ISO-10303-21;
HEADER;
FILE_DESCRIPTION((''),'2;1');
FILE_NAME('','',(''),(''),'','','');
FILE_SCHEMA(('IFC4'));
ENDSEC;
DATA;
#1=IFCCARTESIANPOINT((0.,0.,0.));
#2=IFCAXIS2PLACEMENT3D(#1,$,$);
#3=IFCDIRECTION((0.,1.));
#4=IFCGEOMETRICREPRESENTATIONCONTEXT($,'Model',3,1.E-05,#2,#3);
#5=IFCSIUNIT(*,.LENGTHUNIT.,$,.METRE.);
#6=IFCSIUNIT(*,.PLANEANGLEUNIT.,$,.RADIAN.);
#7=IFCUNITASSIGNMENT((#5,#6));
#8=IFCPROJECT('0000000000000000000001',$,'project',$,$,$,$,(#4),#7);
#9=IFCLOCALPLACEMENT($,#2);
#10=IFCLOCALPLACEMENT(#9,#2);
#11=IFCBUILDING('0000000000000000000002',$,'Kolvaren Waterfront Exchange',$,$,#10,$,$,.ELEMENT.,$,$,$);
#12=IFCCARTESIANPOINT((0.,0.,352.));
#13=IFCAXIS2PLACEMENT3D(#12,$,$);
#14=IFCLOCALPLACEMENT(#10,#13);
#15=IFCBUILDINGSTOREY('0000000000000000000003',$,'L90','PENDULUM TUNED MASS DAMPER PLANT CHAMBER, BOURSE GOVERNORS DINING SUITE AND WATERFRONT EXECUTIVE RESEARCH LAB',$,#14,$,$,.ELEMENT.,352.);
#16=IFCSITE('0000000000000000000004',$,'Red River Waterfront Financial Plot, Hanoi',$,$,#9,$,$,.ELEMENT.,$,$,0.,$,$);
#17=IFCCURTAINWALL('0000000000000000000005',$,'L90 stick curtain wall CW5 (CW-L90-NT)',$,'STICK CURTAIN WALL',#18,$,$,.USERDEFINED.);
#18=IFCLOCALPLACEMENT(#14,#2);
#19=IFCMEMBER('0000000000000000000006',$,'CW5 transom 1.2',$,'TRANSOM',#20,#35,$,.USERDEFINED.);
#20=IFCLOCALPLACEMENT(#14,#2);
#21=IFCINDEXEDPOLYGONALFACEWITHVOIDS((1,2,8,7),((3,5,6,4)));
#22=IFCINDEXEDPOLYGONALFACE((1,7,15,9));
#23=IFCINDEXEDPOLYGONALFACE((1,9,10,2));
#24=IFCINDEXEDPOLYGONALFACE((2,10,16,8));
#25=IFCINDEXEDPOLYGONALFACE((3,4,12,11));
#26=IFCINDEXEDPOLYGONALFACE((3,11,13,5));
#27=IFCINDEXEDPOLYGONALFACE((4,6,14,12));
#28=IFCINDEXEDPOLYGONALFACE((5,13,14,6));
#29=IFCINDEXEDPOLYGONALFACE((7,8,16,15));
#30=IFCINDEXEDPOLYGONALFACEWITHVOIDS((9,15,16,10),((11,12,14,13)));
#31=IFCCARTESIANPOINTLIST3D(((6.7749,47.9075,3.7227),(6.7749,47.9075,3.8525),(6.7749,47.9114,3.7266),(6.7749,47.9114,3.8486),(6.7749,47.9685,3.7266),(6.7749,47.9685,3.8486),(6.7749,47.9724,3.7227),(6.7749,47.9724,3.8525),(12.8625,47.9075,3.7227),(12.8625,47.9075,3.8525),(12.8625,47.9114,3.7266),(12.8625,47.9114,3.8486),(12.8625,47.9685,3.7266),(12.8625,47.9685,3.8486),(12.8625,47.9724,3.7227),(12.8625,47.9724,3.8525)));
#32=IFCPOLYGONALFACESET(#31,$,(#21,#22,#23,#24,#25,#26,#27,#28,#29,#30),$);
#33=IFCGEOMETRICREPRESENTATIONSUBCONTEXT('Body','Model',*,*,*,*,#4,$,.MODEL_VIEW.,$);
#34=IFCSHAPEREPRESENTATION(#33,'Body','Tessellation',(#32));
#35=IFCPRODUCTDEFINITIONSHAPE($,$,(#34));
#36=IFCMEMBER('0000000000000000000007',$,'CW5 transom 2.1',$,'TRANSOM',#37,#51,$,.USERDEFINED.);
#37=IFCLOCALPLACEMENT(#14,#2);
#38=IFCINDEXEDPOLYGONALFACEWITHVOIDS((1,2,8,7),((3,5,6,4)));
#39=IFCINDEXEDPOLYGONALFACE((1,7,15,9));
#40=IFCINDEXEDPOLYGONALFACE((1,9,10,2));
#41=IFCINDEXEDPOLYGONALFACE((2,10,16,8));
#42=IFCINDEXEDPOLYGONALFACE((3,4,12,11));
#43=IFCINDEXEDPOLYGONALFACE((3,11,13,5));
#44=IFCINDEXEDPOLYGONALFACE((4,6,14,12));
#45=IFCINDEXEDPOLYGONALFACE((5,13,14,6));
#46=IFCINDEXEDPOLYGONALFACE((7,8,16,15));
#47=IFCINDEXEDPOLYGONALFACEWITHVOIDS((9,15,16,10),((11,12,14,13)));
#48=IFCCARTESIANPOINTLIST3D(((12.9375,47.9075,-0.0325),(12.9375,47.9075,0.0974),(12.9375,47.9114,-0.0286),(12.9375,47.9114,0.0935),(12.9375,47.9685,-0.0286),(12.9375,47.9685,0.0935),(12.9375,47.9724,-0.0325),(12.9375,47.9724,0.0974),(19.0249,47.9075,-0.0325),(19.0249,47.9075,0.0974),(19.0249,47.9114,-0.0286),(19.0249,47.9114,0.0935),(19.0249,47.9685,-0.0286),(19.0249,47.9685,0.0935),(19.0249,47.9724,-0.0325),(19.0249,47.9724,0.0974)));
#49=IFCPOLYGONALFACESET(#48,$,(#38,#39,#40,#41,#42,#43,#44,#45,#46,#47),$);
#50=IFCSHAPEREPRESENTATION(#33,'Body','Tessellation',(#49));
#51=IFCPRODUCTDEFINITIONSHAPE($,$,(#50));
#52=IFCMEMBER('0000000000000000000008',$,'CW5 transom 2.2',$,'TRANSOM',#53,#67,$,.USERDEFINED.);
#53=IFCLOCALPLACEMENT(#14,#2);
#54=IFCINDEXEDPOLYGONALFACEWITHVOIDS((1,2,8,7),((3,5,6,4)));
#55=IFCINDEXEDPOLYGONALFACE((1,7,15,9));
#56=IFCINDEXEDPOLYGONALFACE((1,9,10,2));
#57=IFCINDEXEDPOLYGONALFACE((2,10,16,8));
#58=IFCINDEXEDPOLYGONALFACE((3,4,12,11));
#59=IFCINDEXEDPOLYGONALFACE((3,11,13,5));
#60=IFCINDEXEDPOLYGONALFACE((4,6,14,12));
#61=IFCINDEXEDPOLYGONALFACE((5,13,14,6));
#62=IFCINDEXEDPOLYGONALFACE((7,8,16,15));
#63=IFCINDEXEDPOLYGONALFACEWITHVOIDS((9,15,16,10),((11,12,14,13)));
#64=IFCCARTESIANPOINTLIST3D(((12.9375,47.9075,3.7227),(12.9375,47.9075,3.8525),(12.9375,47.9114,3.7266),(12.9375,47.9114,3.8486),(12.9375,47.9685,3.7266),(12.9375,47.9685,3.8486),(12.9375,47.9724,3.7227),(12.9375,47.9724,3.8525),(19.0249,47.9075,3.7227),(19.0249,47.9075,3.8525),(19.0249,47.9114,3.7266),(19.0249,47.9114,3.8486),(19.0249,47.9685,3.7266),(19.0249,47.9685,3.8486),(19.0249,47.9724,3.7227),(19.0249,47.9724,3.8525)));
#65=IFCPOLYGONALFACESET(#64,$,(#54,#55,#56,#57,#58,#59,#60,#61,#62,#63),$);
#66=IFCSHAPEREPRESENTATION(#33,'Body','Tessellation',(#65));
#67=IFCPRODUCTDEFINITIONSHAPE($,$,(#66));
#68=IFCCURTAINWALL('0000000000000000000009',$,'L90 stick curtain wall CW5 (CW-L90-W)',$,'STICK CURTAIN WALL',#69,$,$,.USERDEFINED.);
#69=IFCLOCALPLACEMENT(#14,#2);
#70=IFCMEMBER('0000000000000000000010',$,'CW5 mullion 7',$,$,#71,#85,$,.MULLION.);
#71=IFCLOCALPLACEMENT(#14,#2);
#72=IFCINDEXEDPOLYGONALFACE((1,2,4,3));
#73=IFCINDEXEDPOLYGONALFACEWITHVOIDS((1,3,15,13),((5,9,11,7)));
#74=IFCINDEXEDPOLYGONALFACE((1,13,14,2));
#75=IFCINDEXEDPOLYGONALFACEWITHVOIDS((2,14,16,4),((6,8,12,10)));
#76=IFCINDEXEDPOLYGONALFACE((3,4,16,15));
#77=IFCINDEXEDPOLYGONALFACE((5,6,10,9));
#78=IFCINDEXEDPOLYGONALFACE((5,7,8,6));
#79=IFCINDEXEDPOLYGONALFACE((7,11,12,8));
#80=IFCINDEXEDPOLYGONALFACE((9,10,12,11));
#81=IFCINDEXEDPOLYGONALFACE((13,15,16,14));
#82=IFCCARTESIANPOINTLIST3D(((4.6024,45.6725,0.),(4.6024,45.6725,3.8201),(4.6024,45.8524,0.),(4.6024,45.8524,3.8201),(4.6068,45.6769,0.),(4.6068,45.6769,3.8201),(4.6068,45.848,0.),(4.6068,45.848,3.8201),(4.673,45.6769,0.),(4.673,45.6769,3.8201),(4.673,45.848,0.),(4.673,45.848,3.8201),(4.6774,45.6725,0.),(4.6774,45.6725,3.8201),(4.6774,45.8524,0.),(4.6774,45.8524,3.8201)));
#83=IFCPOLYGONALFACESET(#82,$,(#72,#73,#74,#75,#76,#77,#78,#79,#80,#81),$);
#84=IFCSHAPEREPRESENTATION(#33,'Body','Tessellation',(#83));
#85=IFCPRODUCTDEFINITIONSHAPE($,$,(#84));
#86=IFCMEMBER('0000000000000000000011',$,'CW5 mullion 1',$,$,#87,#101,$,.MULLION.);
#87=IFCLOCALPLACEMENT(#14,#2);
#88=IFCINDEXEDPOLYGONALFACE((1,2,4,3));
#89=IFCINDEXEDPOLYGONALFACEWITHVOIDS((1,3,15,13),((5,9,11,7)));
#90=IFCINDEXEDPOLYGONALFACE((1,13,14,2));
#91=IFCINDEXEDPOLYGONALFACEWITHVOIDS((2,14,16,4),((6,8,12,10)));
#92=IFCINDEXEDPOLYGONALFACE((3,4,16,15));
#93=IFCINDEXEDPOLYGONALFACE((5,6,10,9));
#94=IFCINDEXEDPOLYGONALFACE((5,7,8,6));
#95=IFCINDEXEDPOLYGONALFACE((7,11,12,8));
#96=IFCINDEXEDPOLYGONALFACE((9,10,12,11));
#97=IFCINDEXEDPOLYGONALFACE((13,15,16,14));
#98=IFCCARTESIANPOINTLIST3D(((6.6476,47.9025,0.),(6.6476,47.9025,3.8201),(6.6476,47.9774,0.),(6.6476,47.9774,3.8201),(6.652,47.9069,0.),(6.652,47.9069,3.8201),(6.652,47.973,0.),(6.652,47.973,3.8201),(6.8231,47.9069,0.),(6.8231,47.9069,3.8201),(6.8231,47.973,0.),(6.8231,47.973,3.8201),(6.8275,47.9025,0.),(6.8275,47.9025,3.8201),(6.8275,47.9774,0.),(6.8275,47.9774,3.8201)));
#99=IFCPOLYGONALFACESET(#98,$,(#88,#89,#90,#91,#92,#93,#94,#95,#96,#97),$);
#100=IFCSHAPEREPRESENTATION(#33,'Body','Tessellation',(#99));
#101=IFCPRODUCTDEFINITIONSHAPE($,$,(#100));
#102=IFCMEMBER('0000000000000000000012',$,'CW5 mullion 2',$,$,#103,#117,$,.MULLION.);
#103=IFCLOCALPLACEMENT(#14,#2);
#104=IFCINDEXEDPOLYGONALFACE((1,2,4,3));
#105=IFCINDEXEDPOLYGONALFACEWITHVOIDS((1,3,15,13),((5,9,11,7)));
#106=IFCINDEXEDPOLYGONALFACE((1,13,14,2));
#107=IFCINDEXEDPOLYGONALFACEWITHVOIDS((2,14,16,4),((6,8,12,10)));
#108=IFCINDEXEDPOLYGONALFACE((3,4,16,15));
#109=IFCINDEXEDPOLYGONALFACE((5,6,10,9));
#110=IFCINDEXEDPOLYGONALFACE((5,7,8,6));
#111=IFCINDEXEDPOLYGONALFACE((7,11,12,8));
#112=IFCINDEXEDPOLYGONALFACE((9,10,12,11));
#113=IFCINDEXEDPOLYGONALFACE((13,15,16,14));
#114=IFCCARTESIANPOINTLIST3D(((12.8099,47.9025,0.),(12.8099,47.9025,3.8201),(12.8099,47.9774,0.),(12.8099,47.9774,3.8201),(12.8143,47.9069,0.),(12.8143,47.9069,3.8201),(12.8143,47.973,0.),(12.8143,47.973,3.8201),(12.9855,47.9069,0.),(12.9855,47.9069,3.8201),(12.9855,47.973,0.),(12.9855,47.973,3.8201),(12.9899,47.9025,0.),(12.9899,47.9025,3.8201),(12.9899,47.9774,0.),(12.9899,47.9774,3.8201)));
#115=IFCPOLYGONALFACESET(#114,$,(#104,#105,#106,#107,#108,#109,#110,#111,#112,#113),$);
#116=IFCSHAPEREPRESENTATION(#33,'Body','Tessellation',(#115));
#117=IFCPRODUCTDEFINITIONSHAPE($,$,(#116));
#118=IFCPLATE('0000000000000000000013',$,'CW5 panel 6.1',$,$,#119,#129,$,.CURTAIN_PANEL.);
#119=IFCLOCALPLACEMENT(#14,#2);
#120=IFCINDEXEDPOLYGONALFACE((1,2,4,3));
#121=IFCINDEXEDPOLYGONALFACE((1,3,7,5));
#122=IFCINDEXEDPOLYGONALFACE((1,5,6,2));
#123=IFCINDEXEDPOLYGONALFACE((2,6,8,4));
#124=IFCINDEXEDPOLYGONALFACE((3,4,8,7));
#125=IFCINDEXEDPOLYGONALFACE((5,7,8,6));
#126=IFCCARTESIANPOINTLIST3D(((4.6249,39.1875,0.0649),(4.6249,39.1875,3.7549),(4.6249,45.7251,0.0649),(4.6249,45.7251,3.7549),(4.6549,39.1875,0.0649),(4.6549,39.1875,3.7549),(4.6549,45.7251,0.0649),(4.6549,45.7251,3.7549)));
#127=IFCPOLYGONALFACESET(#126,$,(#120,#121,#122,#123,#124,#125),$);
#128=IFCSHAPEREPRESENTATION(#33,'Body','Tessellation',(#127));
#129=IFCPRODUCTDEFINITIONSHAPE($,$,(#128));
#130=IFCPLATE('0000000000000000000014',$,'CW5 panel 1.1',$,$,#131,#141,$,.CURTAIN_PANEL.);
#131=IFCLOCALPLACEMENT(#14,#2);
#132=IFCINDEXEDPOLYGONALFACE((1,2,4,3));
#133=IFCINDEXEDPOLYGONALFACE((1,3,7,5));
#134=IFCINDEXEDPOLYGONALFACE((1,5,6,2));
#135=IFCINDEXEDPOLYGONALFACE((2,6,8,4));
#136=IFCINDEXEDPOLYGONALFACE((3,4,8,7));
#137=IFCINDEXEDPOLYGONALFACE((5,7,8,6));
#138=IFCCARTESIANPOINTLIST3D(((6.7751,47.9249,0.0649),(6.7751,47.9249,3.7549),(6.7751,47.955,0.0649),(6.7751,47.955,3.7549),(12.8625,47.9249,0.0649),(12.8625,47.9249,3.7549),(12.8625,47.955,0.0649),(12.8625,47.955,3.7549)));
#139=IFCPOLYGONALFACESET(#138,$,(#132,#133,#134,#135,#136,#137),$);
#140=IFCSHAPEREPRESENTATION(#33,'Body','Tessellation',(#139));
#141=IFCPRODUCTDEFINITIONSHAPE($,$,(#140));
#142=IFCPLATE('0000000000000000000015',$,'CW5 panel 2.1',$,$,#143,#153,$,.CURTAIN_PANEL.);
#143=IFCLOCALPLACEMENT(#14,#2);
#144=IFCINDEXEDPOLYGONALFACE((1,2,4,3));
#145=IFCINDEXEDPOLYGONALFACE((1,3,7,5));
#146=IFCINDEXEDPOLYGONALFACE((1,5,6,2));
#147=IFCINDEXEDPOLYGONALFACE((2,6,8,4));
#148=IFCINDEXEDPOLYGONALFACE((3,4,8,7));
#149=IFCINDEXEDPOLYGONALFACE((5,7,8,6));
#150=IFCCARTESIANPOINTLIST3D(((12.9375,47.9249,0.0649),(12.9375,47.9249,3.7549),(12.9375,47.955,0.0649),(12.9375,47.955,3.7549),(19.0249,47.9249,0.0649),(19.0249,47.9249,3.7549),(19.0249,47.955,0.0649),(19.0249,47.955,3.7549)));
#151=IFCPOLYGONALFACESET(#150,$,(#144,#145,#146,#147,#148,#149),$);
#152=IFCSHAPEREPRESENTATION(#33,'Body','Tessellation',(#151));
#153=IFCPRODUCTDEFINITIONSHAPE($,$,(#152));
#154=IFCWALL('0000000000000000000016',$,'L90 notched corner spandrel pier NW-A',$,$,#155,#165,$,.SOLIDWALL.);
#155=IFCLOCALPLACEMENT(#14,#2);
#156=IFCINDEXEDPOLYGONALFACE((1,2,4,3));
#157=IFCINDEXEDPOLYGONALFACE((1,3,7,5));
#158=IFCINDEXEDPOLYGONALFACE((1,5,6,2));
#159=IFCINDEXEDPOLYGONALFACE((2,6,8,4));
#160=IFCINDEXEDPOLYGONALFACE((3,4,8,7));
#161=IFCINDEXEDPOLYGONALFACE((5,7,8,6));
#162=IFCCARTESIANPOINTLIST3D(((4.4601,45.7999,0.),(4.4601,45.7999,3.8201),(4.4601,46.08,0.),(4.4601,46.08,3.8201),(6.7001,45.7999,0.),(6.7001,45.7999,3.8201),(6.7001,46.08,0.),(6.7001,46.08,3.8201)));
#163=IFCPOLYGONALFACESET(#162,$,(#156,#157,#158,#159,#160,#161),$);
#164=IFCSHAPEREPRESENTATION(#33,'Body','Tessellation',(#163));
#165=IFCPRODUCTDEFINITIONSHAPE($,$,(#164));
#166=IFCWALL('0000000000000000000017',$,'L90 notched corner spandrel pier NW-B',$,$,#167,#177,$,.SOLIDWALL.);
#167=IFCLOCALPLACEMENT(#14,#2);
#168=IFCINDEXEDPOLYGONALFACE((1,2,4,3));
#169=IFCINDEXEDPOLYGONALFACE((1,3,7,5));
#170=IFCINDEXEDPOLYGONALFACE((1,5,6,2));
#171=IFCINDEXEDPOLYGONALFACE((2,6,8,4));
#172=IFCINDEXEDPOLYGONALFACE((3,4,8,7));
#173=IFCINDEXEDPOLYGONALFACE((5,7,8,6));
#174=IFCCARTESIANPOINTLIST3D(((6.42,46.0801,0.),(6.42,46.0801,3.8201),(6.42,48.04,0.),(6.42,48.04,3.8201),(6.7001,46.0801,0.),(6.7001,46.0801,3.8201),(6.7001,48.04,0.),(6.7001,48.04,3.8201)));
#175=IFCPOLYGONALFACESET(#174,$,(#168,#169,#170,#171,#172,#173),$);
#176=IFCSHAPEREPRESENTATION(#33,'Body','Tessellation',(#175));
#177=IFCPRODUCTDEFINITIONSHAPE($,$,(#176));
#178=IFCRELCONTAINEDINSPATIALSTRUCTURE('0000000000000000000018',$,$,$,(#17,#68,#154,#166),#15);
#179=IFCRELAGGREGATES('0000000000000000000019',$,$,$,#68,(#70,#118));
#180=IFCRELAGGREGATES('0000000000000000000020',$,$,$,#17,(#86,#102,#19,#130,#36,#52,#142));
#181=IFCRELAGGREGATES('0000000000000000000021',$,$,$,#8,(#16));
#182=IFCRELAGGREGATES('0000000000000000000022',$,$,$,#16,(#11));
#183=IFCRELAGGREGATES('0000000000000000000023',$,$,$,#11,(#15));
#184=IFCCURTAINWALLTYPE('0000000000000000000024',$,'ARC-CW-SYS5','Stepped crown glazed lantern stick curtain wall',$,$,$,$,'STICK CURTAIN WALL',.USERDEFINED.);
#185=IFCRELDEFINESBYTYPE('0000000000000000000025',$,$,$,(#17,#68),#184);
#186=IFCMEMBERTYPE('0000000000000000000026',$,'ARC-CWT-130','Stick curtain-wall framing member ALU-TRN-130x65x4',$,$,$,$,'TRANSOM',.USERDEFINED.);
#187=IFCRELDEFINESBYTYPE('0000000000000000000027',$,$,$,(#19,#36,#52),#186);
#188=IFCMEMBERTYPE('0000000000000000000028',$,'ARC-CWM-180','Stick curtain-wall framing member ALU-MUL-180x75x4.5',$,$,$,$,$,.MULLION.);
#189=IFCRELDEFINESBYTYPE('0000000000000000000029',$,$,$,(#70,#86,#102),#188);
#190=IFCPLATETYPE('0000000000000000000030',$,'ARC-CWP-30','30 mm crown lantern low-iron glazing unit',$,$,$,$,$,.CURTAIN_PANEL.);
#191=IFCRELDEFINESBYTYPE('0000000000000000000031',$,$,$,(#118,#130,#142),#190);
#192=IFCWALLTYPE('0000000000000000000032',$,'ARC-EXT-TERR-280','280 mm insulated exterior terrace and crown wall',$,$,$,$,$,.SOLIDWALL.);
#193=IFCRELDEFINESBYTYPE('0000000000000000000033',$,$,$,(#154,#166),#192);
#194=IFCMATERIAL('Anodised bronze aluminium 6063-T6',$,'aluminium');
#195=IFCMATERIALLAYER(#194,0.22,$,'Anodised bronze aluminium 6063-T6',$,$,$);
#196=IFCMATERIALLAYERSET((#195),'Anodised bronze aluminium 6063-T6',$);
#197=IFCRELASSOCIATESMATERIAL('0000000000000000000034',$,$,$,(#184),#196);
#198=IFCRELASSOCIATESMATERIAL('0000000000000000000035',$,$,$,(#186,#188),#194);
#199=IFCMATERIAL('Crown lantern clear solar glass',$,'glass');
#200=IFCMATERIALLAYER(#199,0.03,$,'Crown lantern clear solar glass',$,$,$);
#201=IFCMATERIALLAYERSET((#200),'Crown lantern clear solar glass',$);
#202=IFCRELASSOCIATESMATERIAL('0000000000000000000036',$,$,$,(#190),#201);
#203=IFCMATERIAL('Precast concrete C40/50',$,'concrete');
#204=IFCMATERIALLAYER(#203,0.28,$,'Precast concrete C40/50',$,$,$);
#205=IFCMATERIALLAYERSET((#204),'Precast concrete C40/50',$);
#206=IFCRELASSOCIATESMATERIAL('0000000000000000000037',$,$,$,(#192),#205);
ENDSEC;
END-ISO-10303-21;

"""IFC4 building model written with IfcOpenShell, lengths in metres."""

from ifc_helpers import new_model, si_unit, direction, frame, frame_2d, origin, origin_with_axes, origin_2d, place, context, subcontext, project, spatial, rectangle, hollow_rectangle, extrude, source, transform, mapped, material, layer, layer_set, material_profile, profile_set, type_object, element, aggregate, save


model = new_model("IFC4")

# Units and contexts
model_context = context("Model", 3, precision=1e-05, world=origin(), true_north=direction((0.0, 1.0)))
body_context = subcontext(model_context, "Body", "Model", "MODEL_VIEW")
ifc_project = project(units=[si_unit("LENGTHUNIT", "METRE"), si_unit("PLANEANGLEUNIT", "RADIAN")], contexts=[model_context])

# Site, building, storey
site_placement = place(None, origin())
site = spatial("IfcSite", under=ifc_project, at=site_placement, Name="Red River Waterfront Financial Plot, Hanoi", CompositionType="ELEMENT", RefElevation=0.0)
building_placement = place(site_placement, origin())
building = spatial("IfcBuilding", under=site, at=building_placement, Name="Kolvaren Waterfront Exchange", CompositionType="ELEMENT")
storey_placement = place(building_placement, frame((0.0, 0.0, 352.0)))
storey = spatial("IfcBuildingStorey", under=building, at=storey_placement, Name="L90", Description="PENDULUM TUNED MASS DAMPER PLANT CHAMBER, BOURSE GOVERNORS DINING SUITE AND WATERFRONT EXECUTIVE RESEARCH LAB", CompositionType="ELEMENT", Elevation=352.0)

# Curtain wall, members
ifc_material_1 = material(Name="Anodised bronze aluminium 6063-T6", Category="aluminium")
ifc_layer_1 = layer(ifc_material_1, 0.22, Name="Anodised bronze aluminium 6063-T6")
ifc_layer_set_1 = layer_set([ifc_layer_1], Name="Anodised bronze aluminium 6063-T6")
curtain_wall_type = type_object("IfcCurtainWallType", Name="ARC-CW-SYS5", Description="Stepped crown glazed lantern stick curtain wall", ElementType="STICK CURTAIN WALL", PredefinedType="USERDEFINED", material=ifc_layer_set_1)
curtain_wall_1_placement = place(storey_placement, origin())
curtain_wall_1 = element("IfcCurtainWall", 1, at=curtain_wall_1_placement, inside=storey, type_object=curtain_wall_type, Name="L90 stick curtain wall CW5 (CW-L90-NT)", ObjectType="STICK CURTAIN WALL", PredefinedType="USERDEFINED")
ifc_material_profile_1 = material_profile(ifc_material_1, hollow_rectangle(XDim=0.0649, YDim=0.1299, WallThickness=0.0039, at=origin_2d()), Name="ALU-TRN-130x65x4")
ifc_profile_set_1 = profile_set([ifc_material_profile_1], Name="Anodised bronze aluminium 6063-T6")
member_type_1 = type_object("IfcMemberType", Name="ARC-CWT-130", Description="Stick curtain-wall framing member ALU-TRN-130x65x4", ElementType="TRANSOM", PredefinedType="USERDEFINED", material=ifc_profile_set_1)
shared_shape_1 = source(origin_with_axes(), body_context, "Body", "SweptSolid", [
    extrude(hollow_rectangle(XDim=0.0649, YDim=0.1299, WallThickness=0.0039, at=origin_2d()), origin(), (0.0, 0.0, 1.0), 6.0876),
])
member_1_placement = place(storey_placement, frame((6.7749, 47.9399, 3.7876), z_axis=(1.0, 0.0, 0.0), x_axis=(0.0, 1.0, 0.0)))
member_1 = element("IfcMember", 2, at=member_1_placement, type_object=member_type_1, Name="CW5 transom 1.2", ObjectType="TRANSOM", PredefinedType="USERDEFINED", context=body_context, shape_type="MappedRepresentation", body=[
    mapped(shared_shape_1, transform((0.0, 0.0, 0.0), x_axis=(1.0, 0.0, 0.0), y_axis=(0.0, 1.0, 0.0), z_axis=(0.0, 0.0, 1.0), scale=1.0)),
])
shared_shape_2 = source(origin_with_axes(), body_context, "Body", "SweptSolid", [
    extrude(hollow_rectangle(XDim=0.0649, YDim=0.1299, WallThickness=0.0039, at=origin_2d()), origin(), (0.0, 0.0, 1.0), 6.0874),
])
member_2_placement = place(storey_placement, frame((12.9375, 47.9399, 0.0325), z_axis=(1.0, 0.0, 0.0), x_axis=(0.0, 1.0, 0.0)))
member_2 = element("IfcMember", 3, at=member_2_placement, type_object=member_type_1, Name="CW5 transom 2.1", ObjectType="TRANSOM", PredefinedType="USERDEFINED", context=body_context, shape_type="MappedRepresentation", body=[
    mapped(shared_shape_2, transform((0.0, 0.0, 0.0), x_axis=(1.0, 0.0, 0.0), y_axis=(0.0, 1.0, 0.0), z_axis=(0.0, 0.0, 1.0), scale=1.0)),
])
member_3_placement = place(storey_placement, frame((12.9375, 47.9399, 3.7876), z_axis=(1.0, 0.0, 0.0), x_axis=(0.0, 1.0, 0.0)))
member_3 = element("IfcMember", 4, at=member_3_placement, type_object=member_type_1, Name="CW5 transom 2.2", ObjectType="TRANSOM", PredefinedType="USERDEFINED", context=body_context, shape_type="MappedRepresentation", body=[
    mapped(shared_shape_2, transform((0.0, 0.0, 0.0), x_axis=(1.0, 0.0, 0.0), y_axis=(0.0, 1.0, 0.0), z_axis=(0.0, 0.0, 1.0), scale=1.0)),
])

# Curtain wall, member
curtain_wall_2_placement = place(storey_placement, origin())
curtain_wall_2 = element("IfcCurtainWall", 5, at=curtain_wall_2_placement, inside=storey, type_object=curtain_wall_type, Name="L90 stick curtain wall CW5 (CW-L90-W)", ObjectType="STICK CURTAIN WALL", PredefinedType="USERDEFINED")
ifc_material_profile_2 = material_profile(ifc_material_1, hollow_rectangle(XDim=0.075, YDim=0.1799, WallThickness=0.0044, at=origin_2d()), Name="ALU-MUL-180x75x4.5")
ifc_profile_set_2 = profile_set([ifc_material_profile_2], Name="Anodised bronze aluminium 6063-T6")
member_type_2 = type_object("IfcMemberType", Name="ARC-CWM-180", Description="Stick curtain-wall framing member ALU-MUL-180x75x4.5", PredefinedType="MULLION", material=ifc_profile_set_2)
shared_shape_3 = source(origin_with_axes(), body_context, "Body", "SweptSolid", [
    extrude(hollow_rectangle(XDim=0.075, YDim=0.1799, WallThickness=0.0044, at=origin_2d()), origin(), (0.0, 0.0, 1.0), 3.8201),
])
member_4_placement = place(storey_placement, frame((4.6399, 45.7625, 0.0), z_axis=(0.0, 0.0, 1.0), x_axis=(-1.0, 0.0, 0.0)))
member_4 = element("IfcMember", 6, at=member_4_placement, type_object=member_type_2, Name="CW5 mullion 7", PredefinedType="MULLION", context=body_context, shape_type="MappedRepresentation", body=[
    mapped(shared_shape_3, transform((0.0, 0.0, 0.0), x_axis=(1.0, 0.0, 0.0), y_axis=(0.0, 1.0, 0.0), z_axis=(0.0, 0.0, 1.0), scale=1.0)),
])

# Members
member_5_placement = place(storey_placement, frame((6.7375, 47.9399, 0.0), z_axis=(0.0, 0.0, 1.0), x_axis=(0.0, 1.0, 0.0)))
member_5 = element("IfcMember", 7, at=member_5_placement, type_object=member_type_2, Name="CW5 mullion 1", PredefinedType="MULLION", context=body_context, shape_type="MappedRepresentation", body=[
    mapped(shared_shape_3, transform((0.0, 0.0, 0.0), x_axis=(1.0, 0.0, 0.0), y_axis=(0.0, 1.0, 0.0), z_axis=(0.0, 0.0, 1.0), scale=1.0)),
])
member_6_placement = place(storey_placement, frame((12.8999, 47.9399, 0.0), z_axis=(0.0, 0.0, 1.0), x_axis=(0.0, 1.0, 0.0)))
member_6 = element("IfcMember", 8, at=member_6_placement, type_object=member_type_2, Name="CW5 mullion 2", PredefinedType="MULLION", context=body_context, shape_type="MappedRepresentation", body=[
    mapped(shared_shape_3, transform((0.0, 0.0, 0.0), x_axis=(1.0, 0.0, 0.0), y_axis=(0.0, 1.0, 0.0), z_axis=(0.0, 0.0, 1.0), scale=1.0)),
])

# Plates
ifc_material_2 = material(Name="Crown lantern clear solar glass", Category="glass")
ifc_layer_2 = layer(ifc_material_2, 0.03, Name="Crown lantern clear solar glass")
ifc_layer_set_2 = layer_set([ifc_layer_2], Name="Crown lantern clear solar glass")
plate_type = type_object("IfcPlateType", Name="ARC-CWP-30", Description="30 mm crown lantern low-iron glazing unit", PredefinedType="CURTAIN_PANEL", material=ifc_layer_set_2)
shared_shape_4 = source(origin_with_axes(), body_context, "Body", "SweptSolid", [
    extrude(rectangle(XDim=6.5376, YDim=0.03, at=origin_2d()), origin(), (0.0, 0.0, 1.0), 3.6899),
])
plate_1_placement = place(storey_placement, frame((4.6399, 42.4563, 0.0649), z_axis=(0.0, 0.0, 1.0), x_axis=(0.0, 1.0, 0.0)))
plate_1 = element("IfcPlate", 9, at=plate_1_placement, type_object=plate_type, Name="CW5 panel 6.1", PredefinedType="CURTAIN_PANEL", context=body_context, shape_type="MappedRepresentation", body=[
    mapped(shared_shape_4, transform((0.0, 0.0, 0.0), x_axis=(1.0, 0.0, 0.0), y_axis=(0.0, 1.0, 0.0), z_axis=(0.0, 0.0, 1.0), scale=1.0)),
])
aggregate(curtain_wall_2, [member_4, plate_1])
shared_shape_5 = source(origin_with_axes(), body_context, "Body", "SweptSolid", [
    extrude(rectangle(XDim=6.0874, YDim=0.03, at=origin_2d()), origin(), (0.0, 0.0, 1.0), 3.6899),
])
plate_2_placement = place(storey_placement, frame((9.8188, 47.9399, 0.0649), z_axis=(0.0, 0.0, 1.0), x_axis=(1.0, 0.0, 0.0)))
plate_2 = element("IfcPlate", 10, at=plate_2_placement, type_object=plate_type, Name="CW5 panel 1.1", PredefinedType="CURTAIN_PANEL", context=body_context, shape_type="MappedRepresentation", body=[
    mapped(shared_shape_5, transform((0.0, 0.0, 0.0), x_axis=(1.0, 0.0, 0.0), y_axis=(0.0, 1.0, 0.0), z_axis=(0.0, 0.0, 1.0), scale=1.0)),
])
plate_3_placement = place(storey_placement, frame((15.9812, 47.9399, 0.0649), z_axis=(0.0, 0.0, 1.0), x_axis=(1.0, 0.0, 0.0)))
plate_3 = element("IfcPlate", 11, at=plate_3_placement, type_object=plate_type, Name="CW5 panel 2.1", PredefinedType="CURTAIN_PANEL", context=body_context, shape_type="MappedRepresentation", body=[
    mapped(shared_shape_5, transform((0.0, 0.0, 0.0), x_axis=(1.0, 0.0, 0.0), y_axis=(0.0, 1.0, 0.0), z_axis=(0.0, 0.0, 1.0), scale=1.0)),
])
aggregate(curtain_wall_1, [member_5, member_6, member_1, plate_2, member_2, member_3, plate_3])

# Walls
ifc_material_3 = material(Name="Precast concrete C40/50", Category="concrete")
ifc_layer_3 = layer(ifc_material_3, 0.28, Name="Precast concrete C40/50")
ifc_layer_set_3 = layer_set([ifc_layer_3], Name="Precast concrete C40/50")
wall_type_1 = type_object("IfcWallType", Name="ARC-EXT-TERR-280", Description="280 mm insulated exterior terrace and crown wall", PredefinedType="SOLIDWALL", material=ifc_layer_set_3)
wall_1_placement = place(storey_placement, frame((4.46, 45.9399, 0.0), z_axis=(0.0, 0.0, 1.0), x_axis=(1.0, 0.0, 0.0)))
element("IfcWall", 12, at=wall_1_placement, inside=storey, type_object=wall_type_1, Name="L90 notched corner spandrel pier NW-A", PredefinedType="SOLIDWALL", context=body_context, shape_type="SweptSolid", body=[
    extrude(rectangle(XDim=2.24, YDim=0.28, at=frame_2d((1.1201, 0.0))), origin(), (0.0, 0.0, 1.0), 3.8201),
])
wall_2_placement = place(storey_placement, frame((6.5601, 46.0801, 0.0), z_axis=(0.0, 0.0, 1.0), x_axis=(0.0, 1.0, 0.0)))
element("IfcWall", 13, at=wall_2_placement, inside=storey, type_object=wall_type_1, Name="L90 notched corner spandrel pier NW-B", PredefinedType="SOLIDWALL", context=body_context, shape_type="SweptSolid", body=[
    extrude(rectangle(XDim=1.96, YDim=0.28, at=frame_2d((0.98, 0.0))), origin(), (0.0, 0.0, 1.0), 3.8201),
])

save(model, "model.ifc")
